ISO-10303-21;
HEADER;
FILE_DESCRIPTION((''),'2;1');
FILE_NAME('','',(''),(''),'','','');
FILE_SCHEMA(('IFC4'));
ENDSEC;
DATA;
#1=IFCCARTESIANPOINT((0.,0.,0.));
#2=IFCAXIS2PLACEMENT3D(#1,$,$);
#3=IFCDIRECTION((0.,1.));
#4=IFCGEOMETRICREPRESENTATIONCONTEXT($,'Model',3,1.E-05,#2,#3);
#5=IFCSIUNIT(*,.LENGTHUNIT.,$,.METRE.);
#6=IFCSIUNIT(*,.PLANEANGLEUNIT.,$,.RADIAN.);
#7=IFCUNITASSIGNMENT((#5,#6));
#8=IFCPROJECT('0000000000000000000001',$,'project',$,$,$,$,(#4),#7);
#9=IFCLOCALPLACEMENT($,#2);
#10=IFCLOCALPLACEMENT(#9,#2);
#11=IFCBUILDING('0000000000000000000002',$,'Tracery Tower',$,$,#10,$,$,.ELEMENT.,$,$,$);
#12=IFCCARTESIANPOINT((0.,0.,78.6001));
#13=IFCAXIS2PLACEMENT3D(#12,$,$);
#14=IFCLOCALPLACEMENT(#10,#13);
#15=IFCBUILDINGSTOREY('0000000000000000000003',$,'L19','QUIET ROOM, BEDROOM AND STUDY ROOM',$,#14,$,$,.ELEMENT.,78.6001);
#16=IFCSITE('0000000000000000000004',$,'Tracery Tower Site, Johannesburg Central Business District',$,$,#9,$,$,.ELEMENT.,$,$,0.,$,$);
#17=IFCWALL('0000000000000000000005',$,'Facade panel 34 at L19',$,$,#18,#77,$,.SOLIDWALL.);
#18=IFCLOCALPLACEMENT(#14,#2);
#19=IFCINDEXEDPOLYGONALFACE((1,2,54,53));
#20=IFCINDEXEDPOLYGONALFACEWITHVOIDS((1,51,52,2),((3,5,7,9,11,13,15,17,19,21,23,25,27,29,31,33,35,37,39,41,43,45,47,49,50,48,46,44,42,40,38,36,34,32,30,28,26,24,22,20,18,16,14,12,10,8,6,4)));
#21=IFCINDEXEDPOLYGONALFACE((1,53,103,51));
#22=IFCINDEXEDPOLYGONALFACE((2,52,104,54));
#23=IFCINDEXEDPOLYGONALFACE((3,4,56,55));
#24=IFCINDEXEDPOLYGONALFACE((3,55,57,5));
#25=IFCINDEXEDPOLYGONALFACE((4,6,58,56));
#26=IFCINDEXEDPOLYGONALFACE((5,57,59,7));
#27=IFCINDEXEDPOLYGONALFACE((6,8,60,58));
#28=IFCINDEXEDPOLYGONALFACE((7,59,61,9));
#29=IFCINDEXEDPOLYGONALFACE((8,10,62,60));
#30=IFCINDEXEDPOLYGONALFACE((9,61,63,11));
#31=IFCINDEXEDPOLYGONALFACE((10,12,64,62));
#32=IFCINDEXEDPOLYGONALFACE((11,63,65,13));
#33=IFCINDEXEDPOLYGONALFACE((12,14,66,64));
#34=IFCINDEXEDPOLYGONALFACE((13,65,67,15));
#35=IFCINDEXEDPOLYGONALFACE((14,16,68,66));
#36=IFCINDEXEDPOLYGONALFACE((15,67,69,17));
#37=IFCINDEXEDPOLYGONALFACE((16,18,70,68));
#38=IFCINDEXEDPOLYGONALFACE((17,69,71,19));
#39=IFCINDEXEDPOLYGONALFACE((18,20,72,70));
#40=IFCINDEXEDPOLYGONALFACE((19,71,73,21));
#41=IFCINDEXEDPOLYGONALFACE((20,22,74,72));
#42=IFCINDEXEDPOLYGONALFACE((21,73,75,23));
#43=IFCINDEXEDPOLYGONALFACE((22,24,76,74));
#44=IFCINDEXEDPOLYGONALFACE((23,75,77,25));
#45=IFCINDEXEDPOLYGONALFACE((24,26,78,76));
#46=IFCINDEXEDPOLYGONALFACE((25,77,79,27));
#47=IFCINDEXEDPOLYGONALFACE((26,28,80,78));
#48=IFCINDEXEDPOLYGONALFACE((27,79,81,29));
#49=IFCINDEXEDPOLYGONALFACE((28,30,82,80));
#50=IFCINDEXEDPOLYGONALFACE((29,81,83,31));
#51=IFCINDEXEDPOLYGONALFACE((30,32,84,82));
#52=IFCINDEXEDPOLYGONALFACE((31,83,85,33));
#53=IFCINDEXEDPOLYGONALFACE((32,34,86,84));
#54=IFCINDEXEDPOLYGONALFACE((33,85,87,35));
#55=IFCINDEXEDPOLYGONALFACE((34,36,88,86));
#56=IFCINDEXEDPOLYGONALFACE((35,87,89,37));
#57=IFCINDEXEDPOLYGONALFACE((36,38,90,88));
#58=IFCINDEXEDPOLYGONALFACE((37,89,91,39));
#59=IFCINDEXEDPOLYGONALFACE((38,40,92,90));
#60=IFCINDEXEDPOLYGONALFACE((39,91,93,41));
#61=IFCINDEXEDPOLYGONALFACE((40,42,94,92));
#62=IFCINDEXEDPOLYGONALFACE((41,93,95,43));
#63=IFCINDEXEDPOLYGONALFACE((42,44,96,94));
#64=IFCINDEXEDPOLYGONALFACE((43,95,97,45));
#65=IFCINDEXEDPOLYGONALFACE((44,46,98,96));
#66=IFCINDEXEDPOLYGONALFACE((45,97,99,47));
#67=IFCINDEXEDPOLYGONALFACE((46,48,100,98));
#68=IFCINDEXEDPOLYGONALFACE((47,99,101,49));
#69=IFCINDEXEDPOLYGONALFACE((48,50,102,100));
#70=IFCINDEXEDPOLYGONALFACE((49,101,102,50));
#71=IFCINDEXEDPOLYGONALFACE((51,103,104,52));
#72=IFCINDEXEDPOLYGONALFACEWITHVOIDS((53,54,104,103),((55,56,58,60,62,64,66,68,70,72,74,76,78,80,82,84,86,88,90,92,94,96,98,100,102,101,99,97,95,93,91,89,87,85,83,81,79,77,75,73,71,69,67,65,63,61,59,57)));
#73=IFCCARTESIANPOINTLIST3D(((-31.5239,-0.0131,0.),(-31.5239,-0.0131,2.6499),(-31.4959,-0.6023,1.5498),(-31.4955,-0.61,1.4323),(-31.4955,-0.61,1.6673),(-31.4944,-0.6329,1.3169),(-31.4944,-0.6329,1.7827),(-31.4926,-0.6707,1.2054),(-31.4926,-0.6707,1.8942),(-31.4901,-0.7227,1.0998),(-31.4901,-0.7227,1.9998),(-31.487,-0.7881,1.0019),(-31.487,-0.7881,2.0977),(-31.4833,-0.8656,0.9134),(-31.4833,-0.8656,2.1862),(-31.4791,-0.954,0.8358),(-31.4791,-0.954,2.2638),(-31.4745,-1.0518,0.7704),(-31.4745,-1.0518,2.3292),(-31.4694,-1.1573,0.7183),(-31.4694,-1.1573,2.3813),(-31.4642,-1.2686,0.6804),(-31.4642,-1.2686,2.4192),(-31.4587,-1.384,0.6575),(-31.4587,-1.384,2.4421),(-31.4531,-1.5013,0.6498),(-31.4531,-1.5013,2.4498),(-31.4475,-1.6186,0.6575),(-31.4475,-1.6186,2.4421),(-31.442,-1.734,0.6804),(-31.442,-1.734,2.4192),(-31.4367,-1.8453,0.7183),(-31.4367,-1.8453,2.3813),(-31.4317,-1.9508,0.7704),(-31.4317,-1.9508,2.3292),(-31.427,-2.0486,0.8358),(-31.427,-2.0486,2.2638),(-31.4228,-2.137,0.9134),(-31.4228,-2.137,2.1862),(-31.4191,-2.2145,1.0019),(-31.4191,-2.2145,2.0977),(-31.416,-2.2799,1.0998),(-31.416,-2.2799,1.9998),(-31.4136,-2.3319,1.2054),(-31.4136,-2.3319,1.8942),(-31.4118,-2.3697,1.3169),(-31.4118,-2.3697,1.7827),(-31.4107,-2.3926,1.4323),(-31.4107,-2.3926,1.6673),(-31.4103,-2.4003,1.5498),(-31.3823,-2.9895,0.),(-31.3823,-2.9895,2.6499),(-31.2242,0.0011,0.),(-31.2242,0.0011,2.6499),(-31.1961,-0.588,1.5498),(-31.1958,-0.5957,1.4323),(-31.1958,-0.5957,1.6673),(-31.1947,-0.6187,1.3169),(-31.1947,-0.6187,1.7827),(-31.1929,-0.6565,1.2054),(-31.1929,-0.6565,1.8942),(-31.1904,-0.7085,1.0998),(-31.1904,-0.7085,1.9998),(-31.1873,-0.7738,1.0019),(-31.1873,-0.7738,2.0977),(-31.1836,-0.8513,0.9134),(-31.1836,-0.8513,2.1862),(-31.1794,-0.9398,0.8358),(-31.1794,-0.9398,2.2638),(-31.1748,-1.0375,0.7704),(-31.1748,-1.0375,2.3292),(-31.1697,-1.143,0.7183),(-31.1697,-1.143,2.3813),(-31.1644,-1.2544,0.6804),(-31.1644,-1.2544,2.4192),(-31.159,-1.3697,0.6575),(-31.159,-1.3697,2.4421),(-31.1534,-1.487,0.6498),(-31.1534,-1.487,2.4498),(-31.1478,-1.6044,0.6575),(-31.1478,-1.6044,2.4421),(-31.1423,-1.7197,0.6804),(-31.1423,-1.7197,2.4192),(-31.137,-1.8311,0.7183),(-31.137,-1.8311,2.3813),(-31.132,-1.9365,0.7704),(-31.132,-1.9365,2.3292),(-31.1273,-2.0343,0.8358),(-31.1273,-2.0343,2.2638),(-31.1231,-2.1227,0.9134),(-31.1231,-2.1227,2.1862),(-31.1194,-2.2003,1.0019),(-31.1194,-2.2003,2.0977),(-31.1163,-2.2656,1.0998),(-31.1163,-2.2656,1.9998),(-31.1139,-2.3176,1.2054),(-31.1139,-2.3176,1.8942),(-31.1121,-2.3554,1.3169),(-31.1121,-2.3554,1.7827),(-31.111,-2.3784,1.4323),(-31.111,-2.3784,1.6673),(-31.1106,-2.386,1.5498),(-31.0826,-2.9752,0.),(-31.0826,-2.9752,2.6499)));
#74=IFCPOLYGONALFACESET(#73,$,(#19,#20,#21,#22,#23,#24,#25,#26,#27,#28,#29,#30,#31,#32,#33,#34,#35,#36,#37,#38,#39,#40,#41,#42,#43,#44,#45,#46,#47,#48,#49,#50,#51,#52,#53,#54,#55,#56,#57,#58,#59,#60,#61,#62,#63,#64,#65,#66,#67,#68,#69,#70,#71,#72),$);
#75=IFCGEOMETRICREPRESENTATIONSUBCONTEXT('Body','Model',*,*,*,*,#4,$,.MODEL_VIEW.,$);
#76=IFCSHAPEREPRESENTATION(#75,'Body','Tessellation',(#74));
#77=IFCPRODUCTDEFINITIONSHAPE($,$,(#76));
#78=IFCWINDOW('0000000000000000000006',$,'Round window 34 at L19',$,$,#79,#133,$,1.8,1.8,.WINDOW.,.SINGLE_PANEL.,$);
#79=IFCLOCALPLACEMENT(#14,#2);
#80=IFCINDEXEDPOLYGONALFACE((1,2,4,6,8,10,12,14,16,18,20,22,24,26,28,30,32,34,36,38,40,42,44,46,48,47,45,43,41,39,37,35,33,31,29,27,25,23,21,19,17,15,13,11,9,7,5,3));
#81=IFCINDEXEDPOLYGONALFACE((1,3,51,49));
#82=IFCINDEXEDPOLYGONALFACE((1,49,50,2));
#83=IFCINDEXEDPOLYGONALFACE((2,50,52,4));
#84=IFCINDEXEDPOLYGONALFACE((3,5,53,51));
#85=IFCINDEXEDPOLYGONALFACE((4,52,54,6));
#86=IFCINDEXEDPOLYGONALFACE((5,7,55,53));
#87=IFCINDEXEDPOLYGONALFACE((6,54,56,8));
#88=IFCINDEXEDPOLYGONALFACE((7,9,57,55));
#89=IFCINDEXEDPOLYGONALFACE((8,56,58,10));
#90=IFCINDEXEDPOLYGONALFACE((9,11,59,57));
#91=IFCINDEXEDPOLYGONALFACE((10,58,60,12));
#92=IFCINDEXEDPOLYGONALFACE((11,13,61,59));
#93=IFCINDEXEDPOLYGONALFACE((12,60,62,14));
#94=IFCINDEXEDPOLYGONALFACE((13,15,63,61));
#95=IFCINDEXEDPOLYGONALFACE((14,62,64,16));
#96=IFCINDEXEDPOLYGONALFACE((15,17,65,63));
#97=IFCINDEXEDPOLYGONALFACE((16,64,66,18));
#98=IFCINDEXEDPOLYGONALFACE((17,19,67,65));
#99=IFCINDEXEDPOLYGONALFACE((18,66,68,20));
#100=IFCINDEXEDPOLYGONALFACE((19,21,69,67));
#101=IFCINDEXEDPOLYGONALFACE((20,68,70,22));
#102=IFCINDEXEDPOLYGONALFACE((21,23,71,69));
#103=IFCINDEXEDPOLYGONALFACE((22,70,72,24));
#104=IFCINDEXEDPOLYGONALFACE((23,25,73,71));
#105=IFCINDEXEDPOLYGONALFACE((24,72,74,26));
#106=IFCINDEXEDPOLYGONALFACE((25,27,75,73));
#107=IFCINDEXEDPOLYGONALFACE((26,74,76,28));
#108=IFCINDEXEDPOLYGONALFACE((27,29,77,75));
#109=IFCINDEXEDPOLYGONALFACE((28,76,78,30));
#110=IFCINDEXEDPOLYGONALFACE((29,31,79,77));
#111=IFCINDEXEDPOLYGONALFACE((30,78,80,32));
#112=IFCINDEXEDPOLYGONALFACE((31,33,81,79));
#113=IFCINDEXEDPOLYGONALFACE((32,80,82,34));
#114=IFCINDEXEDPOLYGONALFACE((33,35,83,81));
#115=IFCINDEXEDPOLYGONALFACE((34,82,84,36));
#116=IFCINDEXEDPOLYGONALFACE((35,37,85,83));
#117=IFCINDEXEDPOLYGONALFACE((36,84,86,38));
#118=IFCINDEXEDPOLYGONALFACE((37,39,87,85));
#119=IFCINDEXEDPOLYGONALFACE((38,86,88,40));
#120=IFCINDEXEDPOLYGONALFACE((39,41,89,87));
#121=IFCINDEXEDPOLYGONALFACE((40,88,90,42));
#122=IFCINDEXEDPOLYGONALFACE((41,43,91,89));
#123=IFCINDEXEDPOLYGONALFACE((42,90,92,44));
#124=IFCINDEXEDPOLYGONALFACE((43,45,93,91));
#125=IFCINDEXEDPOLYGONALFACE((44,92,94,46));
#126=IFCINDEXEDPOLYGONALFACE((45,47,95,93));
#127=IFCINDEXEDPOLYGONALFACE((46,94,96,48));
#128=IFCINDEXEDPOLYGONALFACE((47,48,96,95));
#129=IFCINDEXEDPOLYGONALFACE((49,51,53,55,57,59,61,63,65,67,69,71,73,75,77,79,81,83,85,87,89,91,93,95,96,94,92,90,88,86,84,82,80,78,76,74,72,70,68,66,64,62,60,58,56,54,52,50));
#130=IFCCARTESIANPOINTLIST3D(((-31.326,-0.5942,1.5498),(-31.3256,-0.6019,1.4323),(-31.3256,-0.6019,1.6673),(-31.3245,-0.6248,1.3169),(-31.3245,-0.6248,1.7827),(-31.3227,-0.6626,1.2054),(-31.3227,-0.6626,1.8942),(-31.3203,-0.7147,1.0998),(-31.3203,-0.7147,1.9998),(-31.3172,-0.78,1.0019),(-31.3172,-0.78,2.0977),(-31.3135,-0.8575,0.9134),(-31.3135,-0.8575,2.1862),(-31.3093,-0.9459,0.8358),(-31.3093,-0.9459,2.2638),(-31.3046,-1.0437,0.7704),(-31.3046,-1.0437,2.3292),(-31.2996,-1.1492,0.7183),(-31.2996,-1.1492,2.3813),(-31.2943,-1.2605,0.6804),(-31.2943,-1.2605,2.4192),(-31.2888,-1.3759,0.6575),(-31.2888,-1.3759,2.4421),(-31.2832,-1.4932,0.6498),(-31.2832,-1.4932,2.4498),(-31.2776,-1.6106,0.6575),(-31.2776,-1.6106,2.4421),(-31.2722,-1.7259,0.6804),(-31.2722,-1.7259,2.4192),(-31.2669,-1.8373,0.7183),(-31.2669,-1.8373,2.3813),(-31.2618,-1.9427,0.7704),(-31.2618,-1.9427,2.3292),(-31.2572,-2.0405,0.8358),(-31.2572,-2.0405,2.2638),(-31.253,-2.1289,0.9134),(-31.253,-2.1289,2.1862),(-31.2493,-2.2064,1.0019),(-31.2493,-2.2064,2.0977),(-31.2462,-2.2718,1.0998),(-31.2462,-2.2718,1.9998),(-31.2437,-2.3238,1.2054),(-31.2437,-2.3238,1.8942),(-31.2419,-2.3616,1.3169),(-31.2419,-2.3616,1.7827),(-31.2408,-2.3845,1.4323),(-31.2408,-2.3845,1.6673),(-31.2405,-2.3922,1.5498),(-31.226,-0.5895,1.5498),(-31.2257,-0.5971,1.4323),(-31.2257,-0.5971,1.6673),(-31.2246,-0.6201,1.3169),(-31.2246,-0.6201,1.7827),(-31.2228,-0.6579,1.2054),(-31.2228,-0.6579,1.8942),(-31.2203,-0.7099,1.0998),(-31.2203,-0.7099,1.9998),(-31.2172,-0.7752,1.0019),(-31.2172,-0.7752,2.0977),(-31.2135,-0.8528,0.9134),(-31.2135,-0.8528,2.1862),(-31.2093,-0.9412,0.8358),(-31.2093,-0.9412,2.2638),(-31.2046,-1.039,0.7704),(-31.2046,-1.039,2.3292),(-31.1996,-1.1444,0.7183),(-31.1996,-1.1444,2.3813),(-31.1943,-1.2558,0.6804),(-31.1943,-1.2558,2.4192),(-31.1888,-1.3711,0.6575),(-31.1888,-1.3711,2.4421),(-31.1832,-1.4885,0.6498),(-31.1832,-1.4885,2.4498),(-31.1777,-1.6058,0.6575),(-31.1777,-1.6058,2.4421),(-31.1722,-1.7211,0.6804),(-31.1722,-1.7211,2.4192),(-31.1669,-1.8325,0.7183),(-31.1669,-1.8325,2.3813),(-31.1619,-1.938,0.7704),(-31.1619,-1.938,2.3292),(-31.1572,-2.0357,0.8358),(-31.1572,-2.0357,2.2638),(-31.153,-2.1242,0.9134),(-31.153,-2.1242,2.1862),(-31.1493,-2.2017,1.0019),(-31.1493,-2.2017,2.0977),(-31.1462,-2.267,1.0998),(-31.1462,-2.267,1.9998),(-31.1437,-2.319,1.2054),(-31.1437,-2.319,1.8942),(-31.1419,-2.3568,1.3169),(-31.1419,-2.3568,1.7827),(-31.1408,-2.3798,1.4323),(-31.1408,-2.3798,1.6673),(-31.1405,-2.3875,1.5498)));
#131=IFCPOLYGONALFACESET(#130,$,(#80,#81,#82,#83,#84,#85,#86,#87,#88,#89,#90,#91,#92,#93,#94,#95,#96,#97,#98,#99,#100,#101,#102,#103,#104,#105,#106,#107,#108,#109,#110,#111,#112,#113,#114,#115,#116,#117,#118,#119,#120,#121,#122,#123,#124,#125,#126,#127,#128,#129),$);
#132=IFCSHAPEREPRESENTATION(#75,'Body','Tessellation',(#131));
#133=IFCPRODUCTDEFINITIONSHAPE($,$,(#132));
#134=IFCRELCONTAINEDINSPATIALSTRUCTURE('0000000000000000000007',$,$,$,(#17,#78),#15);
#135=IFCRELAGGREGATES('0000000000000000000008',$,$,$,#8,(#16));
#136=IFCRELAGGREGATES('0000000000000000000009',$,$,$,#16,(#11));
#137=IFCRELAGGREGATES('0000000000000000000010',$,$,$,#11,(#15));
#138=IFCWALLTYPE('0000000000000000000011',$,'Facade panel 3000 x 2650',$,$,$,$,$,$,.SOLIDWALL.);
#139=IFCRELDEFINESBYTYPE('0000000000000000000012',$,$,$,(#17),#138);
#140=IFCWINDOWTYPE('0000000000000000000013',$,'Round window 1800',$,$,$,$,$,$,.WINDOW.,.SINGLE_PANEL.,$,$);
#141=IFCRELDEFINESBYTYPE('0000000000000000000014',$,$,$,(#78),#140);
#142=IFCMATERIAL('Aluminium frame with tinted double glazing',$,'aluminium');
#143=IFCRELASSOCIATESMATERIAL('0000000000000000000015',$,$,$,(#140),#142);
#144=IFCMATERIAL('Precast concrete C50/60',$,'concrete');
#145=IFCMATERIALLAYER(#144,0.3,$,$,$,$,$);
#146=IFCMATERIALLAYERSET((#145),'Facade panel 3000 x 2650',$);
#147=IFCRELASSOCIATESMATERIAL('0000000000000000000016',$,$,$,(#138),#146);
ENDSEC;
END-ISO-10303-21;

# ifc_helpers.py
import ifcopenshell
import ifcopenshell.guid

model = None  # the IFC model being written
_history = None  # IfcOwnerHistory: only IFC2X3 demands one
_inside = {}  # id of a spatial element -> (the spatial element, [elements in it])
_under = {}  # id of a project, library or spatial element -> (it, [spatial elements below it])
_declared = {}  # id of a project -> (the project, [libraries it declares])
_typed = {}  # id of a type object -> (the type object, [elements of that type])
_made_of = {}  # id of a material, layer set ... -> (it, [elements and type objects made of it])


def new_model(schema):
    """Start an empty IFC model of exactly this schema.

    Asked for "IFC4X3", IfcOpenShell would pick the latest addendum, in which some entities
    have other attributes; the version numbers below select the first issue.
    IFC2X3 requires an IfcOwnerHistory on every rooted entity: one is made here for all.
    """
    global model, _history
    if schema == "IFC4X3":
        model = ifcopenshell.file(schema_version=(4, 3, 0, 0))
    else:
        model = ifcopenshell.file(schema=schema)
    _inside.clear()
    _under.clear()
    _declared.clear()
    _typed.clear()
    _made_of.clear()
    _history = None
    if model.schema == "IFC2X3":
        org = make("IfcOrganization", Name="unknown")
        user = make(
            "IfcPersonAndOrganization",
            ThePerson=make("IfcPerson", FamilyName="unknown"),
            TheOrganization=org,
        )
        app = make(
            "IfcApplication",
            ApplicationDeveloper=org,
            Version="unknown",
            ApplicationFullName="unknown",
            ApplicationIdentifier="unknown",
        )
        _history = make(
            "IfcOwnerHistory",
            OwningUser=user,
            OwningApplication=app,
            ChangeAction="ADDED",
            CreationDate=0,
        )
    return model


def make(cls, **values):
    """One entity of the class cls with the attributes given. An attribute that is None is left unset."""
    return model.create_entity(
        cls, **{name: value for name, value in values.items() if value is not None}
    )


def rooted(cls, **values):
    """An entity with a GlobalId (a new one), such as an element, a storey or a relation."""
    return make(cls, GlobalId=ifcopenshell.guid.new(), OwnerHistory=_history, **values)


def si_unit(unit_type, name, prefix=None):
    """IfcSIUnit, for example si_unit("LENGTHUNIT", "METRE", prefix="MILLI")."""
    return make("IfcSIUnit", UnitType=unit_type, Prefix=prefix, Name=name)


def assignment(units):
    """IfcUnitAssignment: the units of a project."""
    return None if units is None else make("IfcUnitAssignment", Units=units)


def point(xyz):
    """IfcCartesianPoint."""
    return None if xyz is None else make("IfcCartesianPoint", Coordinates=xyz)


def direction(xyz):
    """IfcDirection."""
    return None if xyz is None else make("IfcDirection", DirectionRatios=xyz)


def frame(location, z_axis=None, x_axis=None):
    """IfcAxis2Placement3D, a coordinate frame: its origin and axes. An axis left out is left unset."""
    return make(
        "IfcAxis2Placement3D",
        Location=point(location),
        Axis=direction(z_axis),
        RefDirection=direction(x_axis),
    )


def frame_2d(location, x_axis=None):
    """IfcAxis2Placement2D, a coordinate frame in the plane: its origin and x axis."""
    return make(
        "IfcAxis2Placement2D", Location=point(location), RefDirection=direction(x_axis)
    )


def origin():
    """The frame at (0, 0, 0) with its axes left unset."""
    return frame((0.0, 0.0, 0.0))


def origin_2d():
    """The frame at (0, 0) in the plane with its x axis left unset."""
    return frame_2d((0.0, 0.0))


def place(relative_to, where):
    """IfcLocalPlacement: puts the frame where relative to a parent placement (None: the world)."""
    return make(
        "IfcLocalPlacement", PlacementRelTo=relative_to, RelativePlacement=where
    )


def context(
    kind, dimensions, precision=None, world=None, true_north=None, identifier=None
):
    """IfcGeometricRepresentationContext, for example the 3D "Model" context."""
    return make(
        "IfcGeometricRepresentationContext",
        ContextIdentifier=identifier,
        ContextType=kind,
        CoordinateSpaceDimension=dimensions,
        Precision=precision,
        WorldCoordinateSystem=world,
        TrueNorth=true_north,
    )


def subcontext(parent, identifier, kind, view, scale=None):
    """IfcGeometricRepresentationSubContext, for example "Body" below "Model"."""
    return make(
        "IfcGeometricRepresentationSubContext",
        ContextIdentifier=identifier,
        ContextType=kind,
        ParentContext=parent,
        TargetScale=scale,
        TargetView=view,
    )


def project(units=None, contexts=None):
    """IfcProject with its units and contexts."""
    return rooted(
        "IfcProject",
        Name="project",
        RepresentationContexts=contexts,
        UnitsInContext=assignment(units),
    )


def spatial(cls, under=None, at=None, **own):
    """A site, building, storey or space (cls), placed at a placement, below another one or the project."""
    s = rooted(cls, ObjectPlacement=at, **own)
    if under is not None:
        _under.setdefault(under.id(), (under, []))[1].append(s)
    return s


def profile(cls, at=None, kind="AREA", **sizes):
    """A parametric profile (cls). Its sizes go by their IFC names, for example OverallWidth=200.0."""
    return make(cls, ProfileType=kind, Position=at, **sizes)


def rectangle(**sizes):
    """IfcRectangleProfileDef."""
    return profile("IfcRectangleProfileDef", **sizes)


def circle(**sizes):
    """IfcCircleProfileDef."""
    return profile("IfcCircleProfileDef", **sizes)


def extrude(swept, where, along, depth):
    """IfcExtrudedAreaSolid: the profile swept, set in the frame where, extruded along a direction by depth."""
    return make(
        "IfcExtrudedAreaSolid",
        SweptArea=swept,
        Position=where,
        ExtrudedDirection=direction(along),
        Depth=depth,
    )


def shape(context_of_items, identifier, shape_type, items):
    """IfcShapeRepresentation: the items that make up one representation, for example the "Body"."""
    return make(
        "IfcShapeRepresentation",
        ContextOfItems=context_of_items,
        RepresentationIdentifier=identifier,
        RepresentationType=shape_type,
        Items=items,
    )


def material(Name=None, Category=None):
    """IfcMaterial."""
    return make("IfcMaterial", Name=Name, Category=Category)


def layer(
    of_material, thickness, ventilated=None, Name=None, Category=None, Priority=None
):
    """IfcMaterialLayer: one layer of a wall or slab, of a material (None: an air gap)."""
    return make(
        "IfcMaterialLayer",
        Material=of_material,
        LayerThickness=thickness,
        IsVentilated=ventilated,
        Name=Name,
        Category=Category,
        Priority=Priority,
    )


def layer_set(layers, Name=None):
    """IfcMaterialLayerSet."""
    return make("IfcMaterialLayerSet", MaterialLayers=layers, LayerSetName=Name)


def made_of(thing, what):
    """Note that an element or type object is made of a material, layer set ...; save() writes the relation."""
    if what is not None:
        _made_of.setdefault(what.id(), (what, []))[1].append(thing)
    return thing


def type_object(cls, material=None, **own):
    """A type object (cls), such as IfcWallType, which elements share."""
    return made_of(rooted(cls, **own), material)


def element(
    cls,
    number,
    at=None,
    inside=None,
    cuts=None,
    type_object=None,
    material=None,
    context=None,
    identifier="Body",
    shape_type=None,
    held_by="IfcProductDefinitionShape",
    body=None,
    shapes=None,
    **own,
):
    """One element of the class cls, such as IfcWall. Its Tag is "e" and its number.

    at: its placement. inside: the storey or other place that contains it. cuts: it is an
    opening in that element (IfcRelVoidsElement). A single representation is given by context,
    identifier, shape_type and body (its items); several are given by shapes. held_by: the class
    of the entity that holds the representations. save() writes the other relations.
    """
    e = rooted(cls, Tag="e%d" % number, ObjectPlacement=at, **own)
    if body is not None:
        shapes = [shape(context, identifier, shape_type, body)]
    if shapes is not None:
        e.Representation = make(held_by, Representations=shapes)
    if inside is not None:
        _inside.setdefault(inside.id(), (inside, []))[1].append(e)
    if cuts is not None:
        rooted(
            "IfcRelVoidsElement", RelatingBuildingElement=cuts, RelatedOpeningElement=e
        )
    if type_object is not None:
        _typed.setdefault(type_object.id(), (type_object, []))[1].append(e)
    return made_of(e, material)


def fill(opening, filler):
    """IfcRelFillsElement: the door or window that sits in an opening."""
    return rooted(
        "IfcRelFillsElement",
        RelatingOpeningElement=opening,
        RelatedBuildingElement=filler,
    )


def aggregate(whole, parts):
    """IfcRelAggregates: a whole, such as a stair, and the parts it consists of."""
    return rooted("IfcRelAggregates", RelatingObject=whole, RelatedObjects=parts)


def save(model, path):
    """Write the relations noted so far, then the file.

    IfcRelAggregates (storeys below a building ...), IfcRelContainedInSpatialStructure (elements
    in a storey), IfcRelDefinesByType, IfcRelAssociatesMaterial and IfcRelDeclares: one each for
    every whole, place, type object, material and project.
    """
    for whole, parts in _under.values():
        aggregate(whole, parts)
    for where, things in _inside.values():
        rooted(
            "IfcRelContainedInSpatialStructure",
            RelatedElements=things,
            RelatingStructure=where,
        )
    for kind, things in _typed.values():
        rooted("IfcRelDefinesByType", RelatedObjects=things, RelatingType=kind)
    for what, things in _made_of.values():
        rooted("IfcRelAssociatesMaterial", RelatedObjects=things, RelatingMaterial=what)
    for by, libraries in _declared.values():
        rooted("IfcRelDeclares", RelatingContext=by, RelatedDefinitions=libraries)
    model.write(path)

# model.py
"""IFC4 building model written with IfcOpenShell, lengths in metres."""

from ifc_helpers import new_model, si_unit, direction, frame, frame_2d, origin, origin_2d, place, context, subcontext, project, spatial, rectangle, circle, extrude, material, layer, layer_set, type_object, element, fill, save


model = new_model("IFC4")

# Units and contexts
model_context = context("Model", 3, precision=1e-05, world=origin(), true_north=direction((0.0, 1.0)))
body_context = subcontext(model_context, "Body", "Model", "MODEL_VIEW")
ifc_project = project(units=[si_unit("LENGTHUNIT", "METRE"), si_unit("PLANEANGLEUNIT", "RADIAN")], contexts=[model_context])

# Site, building, storey
site_placement = place(None, origin())
site = spatial("IfcSite", under=ifc_project, at=site_placement, Name="Tracery Tower Site, Johannesburg Central Business District", CompositionType="ELEMENT", RefElevation=0.0)
building_placement = place(site_placement, origin())
building = spatial("IfcBuilding", under=site, at=building_placement, Name="Tracery Tower", CompositionType="ELEMENT")
storey_placement = place(building_placement, frame((0.0, 0.0, 78.6001)))
storey = spatial("IfcBuildingStorey", under=building, at=storey_placement, Name="L19", Description="QUIET ROOM, BEDROOM AND STUDY ROOM", CompositionType="ELEMENT", Elevation=78.6001)

# Wall, opening, window
ifc_material_1 = material(Name="Aluminium frame with tinted double glazing", Category="aluminium")
window_type = type_object("IfcWindowType", Name="Round window 1800", PartitioningType="SINGLE_PANEL", PredefinedType="WINDOW", material=ifc_material_1)
ifc_material_2 = material(Name="Precast concrete C50/60", Category="concrete")
ifc_layer_1 = layer(ifc_material_2, 0.3)
ifc_layer_set_1 = layer_set([ifc_layer_1], Name="Facade panel 3000 x 2650")
wall_type_1 = type_object("IfcWallType", Name="Facade panel 3000 x 2650", PredefinedType="SOLIDWALL", material=ifc_layer_set_1)
wall_1_placement = place(storey_placement, frame((-31.374, -0.0061, 0.0), z_axis=(0.0, 0.0, 1.0), x_axis=(0.047522, -0.99887, 0.0)))
wall_1 = element("IfcWall", 1, at=wall_1_placement, inside=storey, type_object=wall_type_1, Name="Facade panel 34 at L19", PredefinedType="SOLIDWALL", context=body_context, shape_type="SweptSolid", body=[
    extrude(rectangle(XDim=2.9797, YDim=0.3, at=frame_2d((1.4897, 0.0))), origin(), (0.0, 0.0, 1.0), 2.6499),
])
opening_1_placement = place(wall_1_placement, frame((1.4897, 0.0, 1.5498)))
opening_1 = element("IfcOpeningElement", 2, at=opening_1_placement, cuts=wall_1, PredefinedType="OPENING", context=body_context, shape_type="SweptSolid", body=[
    extrude(circle(Radius=0.9, at=origin_2d()), frame((0.0, 0.1599, 0.0), z_axis=(0.0, -1.0, 0.0), x_axis=(1.0, 0.0, 0.0)), (0.0, 0.0, 1.0), 0.3201),
])
window_1_placement = place(opening_1_placement, origin())
window_1 = element("IfcWindow", 3, at=window_1_placement, inside=storey, type_object=window_type, Name="Round window 34 at L19", OverallHeight=1.8, OverallWidth=1.8, PartitioningType="SINGLE_PANEL", PredefinedType="WINDOW", context=body_context, shape_type="SweptSolid", body=[
    extrude(circle(Radius=0.9, at=origin_2d()), frame((0.0, 0.1201, 0.0), z_axis=(0.0, -1.0, 0.0), x_axis=(1.0, 0.0, 0.0)), (0.0, 0.0, 1.0), 0.1001),
])
fill(opening_1, window_1)

save(model, "model.ifc")
